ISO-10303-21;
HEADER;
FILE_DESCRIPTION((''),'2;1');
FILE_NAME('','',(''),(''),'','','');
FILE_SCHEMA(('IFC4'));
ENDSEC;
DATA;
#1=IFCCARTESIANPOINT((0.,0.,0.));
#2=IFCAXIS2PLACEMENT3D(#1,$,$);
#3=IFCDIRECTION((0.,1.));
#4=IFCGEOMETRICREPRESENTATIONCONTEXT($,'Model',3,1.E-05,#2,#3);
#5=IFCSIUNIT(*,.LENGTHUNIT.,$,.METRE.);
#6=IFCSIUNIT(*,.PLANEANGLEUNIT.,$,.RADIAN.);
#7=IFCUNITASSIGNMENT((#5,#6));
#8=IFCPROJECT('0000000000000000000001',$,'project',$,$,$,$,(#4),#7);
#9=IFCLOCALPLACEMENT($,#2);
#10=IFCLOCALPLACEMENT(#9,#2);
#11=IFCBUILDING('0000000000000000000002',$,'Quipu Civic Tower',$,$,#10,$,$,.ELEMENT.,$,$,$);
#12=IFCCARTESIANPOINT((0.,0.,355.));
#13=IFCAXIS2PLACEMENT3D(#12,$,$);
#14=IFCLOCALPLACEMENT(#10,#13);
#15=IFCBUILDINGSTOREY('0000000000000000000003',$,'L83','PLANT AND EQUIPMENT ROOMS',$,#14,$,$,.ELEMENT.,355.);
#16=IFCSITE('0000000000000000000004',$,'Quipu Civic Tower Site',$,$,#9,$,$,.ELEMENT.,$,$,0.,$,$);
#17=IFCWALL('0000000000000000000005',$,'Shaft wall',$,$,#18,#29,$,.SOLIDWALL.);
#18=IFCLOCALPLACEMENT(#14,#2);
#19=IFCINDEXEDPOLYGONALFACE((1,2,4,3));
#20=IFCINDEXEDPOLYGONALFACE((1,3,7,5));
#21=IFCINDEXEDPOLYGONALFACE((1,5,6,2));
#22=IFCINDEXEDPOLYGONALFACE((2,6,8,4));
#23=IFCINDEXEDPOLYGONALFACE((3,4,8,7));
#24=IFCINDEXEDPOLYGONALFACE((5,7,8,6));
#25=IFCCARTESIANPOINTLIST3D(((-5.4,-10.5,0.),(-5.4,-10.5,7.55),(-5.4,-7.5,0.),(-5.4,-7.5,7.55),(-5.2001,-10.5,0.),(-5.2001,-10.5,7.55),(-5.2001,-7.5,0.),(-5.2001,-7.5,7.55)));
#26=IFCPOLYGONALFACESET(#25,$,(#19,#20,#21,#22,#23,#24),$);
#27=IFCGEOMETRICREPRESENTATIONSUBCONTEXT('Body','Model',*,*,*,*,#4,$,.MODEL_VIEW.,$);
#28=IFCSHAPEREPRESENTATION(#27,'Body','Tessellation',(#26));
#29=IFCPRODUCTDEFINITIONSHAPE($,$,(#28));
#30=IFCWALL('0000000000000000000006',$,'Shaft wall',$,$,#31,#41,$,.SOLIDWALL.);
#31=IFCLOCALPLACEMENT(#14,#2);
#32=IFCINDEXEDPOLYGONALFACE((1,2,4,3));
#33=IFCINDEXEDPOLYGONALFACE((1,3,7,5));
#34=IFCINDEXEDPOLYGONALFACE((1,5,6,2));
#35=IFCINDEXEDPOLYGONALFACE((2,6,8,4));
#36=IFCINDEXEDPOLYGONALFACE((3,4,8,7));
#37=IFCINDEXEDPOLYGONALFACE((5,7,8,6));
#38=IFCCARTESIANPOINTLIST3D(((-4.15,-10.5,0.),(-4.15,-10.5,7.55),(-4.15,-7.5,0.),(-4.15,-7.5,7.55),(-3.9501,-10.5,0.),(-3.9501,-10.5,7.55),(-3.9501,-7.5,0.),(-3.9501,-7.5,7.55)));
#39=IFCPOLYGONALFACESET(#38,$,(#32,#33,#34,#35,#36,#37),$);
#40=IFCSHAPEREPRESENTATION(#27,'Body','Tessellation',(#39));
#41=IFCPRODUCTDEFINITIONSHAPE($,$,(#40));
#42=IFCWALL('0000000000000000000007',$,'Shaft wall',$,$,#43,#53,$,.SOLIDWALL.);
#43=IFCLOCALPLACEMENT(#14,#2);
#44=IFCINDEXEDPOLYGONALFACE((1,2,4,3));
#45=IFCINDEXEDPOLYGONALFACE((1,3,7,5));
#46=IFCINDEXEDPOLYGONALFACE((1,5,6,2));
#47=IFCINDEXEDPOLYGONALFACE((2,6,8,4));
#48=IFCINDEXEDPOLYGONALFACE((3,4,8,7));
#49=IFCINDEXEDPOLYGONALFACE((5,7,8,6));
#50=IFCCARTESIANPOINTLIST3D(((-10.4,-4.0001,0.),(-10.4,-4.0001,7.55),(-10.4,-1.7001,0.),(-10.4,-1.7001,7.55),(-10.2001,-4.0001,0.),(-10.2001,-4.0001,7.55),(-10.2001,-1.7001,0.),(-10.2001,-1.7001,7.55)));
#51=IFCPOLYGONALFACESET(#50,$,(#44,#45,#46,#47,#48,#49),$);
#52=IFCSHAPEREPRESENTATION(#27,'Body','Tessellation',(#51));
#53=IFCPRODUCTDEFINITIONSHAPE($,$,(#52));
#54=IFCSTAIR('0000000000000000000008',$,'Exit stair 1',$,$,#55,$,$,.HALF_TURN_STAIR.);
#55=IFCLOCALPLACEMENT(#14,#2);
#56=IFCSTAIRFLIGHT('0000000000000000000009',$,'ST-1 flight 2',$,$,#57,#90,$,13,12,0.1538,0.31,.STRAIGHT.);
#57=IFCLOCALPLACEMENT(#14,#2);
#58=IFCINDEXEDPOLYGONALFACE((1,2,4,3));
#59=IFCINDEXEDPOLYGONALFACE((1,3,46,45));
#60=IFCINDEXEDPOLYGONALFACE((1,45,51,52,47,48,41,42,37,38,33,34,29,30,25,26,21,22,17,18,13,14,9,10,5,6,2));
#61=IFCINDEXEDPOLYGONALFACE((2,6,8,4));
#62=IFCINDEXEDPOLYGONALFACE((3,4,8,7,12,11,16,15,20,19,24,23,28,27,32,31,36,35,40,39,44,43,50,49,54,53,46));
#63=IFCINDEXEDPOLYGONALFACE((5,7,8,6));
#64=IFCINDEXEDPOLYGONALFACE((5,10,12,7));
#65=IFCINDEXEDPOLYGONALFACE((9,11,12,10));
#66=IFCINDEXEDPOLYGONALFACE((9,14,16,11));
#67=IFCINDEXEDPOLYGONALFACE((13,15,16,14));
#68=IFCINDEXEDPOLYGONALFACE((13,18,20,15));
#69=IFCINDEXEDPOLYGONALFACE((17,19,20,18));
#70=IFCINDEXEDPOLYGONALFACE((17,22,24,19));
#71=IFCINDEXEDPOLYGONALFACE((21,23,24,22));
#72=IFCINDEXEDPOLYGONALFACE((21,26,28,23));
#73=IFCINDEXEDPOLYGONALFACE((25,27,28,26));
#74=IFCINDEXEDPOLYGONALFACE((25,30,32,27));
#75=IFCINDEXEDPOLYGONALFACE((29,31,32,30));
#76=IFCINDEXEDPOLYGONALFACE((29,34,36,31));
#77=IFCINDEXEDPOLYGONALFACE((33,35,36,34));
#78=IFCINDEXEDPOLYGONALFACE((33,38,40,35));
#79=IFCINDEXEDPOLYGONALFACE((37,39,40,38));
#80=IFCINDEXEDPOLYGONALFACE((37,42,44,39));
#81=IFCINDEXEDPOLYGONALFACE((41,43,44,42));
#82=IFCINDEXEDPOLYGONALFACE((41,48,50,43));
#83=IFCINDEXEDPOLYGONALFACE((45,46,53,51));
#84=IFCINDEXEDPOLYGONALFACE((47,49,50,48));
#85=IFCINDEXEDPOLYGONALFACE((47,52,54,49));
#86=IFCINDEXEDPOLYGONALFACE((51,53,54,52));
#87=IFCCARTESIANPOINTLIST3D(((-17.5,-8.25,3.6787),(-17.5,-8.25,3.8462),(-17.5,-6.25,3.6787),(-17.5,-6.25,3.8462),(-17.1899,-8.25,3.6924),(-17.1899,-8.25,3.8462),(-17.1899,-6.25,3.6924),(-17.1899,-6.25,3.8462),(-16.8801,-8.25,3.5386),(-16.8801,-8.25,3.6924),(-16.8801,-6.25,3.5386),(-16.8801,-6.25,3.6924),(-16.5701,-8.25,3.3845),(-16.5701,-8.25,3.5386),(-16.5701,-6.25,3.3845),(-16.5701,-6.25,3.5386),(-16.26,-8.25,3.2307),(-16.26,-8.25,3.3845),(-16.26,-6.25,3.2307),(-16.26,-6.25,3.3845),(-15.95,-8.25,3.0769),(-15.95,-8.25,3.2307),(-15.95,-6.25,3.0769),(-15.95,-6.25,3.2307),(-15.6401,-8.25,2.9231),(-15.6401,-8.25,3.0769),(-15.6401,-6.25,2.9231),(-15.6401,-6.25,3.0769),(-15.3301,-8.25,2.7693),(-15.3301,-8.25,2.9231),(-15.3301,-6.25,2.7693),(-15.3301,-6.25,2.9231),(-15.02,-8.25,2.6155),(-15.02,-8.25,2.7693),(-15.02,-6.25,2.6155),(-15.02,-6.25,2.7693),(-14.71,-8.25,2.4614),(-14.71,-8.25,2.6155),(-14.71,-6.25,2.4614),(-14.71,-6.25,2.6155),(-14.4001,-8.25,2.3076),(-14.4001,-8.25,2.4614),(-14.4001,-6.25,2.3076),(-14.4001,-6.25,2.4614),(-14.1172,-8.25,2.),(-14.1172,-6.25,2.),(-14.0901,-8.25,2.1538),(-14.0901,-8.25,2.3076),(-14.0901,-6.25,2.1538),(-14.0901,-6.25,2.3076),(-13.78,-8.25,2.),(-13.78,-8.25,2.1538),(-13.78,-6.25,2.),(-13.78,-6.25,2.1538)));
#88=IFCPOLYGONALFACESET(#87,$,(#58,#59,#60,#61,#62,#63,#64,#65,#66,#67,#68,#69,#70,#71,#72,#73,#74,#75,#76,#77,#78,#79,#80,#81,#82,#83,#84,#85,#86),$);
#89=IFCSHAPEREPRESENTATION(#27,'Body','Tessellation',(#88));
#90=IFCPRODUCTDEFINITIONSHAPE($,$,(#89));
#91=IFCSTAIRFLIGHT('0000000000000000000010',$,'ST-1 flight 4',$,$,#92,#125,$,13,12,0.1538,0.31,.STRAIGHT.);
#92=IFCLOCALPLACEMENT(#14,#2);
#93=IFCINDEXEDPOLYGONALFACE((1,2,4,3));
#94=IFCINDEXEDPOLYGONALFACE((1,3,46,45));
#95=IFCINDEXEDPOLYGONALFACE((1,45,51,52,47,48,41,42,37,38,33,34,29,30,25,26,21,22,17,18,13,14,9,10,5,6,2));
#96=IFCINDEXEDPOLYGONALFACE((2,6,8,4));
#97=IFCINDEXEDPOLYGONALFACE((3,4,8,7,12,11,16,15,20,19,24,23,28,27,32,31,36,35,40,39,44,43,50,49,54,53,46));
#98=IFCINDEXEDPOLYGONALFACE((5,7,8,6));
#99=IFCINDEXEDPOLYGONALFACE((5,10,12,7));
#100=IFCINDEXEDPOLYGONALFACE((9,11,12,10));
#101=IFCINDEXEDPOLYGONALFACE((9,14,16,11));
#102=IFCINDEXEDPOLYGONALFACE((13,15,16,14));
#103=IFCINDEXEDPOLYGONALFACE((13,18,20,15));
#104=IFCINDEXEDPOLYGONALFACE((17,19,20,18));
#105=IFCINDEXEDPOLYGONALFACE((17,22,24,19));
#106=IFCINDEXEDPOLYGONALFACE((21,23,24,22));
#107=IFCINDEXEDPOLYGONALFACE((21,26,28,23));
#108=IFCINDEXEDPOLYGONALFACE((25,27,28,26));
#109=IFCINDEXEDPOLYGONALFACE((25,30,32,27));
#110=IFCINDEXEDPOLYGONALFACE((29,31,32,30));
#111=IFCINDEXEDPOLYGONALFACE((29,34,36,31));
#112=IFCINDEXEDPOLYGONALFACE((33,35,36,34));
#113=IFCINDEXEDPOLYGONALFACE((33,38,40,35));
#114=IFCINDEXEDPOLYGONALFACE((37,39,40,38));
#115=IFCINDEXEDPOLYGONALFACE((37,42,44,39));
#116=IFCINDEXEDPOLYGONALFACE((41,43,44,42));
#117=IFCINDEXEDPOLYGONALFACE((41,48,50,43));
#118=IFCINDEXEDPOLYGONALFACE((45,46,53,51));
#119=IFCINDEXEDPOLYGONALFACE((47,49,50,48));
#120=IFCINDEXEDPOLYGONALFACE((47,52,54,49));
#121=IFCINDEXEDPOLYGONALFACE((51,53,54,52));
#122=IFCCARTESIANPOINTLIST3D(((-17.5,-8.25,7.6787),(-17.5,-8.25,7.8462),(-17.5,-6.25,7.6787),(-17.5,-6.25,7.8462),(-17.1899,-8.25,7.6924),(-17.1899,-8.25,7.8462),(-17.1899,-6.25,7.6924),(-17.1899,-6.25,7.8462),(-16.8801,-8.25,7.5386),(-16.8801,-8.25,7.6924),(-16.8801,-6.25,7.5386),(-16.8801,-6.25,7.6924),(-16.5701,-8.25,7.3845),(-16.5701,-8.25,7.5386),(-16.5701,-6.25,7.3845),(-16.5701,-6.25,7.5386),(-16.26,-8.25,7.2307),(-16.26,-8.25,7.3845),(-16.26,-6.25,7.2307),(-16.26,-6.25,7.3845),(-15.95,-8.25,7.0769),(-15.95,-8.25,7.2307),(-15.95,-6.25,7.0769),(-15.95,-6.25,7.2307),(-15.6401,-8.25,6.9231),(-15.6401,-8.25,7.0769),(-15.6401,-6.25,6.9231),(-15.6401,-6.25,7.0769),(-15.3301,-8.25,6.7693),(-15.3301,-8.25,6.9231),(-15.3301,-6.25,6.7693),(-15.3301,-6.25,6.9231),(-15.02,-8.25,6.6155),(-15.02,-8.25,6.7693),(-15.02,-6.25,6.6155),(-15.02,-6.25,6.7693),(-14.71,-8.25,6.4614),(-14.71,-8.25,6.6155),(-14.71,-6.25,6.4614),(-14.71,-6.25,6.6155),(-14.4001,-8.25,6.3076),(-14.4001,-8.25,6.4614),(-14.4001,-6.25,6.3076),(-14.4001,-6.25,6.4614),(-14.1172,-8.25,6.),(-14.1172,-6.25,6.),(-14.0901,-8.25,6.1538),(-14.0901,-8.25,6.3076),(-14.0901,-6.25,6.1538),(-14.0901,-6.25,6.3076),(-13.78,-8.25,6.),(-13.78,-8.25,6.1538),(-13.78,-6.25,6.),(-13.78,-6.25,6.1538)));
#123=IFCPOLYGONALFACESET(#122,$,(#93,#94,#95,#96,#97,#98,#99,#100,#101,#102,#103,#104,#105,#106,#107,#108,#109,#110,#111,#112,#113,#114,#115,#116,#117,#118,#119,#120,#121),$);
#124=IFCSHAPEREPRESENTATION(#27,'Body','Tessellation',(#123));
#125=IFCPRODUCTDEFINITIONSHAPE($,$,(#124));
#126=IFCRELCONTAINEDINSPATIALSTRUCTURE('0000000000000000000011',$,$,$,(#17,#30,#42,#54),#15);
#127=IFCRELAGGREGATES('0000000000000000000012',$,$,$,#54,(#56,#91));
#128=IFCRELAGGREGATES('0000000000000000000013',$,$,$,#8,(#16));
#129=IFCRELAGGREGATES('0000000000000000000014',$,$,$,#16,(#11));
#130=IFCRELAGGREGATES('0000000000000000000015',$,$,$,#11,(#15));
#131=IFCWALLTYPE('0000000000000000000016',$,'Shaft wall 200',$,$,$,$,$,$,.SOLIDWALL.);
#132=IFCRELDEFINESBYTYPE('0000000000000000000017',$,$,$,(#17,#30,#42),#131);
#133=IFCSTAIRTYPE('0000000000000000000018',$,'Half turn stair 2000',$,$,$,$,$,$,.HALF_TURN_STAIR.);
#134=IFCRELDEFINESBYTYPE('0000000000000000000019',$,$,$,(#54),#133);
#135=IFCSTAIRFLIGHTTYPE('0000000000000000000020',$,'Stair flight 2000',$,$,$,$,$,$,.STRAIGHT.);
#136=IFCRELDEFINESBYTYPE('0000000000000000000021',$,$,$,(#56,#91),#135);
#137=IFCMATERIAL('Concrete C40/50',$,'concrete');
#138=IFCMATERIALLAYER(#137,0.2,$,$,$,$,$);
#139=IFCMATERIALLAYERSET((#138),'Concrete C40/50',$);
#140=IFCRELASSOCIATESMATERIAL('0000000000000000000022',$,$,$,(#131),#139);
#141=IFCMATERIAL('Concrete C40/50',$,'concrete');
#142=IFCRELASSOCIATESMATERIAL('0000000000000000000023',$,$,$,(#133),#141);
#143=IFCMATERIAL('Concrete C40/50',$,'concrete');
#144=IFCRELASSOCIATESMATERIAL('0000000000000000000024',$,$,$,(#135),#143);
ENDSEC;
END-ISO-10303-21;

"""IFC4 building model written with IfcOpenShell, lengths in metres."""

from ifc_helpers import new_model, si_unit, direction, frame, frame_2d, origin, place, context, subcontext, project, spatial, polyline, rectangle, outline, extrude, material, layer, layer_set, type_object, element, aggregate, save


model = new_model("IFC4")

# Units and contexts
model_context = context("Model", 3, precision=1e-05, world=origin(), true_north=direction((0.0, 1.0)))
body_context = subcontext(model_context, "Body", "Model", "MODEL_VIEW")
ifc_project = project(units=[si_unit("LENGTHUNIT", "METRE"), si_unit("PLANEANGLEUNIT", "RADIAN")], contexts=[model_context])

# Site, building, storey
site_placement = place(None, origin())
site = spatial("IfcSite", under=ifc_project, at=site_placement, Name="Quipu Civic Tower Site", CompositionType="ELEMENT", RefElevation=0.0)
building_placement = place(site_placement, origin())
building = spatial("IfcBuilding", under=site, at=building_placement, Name="Quipu Civic Tower", CompositionType="ELEMENT")
storey_placement = place(building_placement, frame((0.0, 0.0, 355.0)))
storey = spatial("IfcBuildingStorey", under=building, at=storey_placement, Name="L83", Description="PLANT AND EQUIPMENT ROOMS", CompositionType="ELEMENT", Elevation=355.0)

# Walls
ifc_material_1 = material(Name="Concrete C40/50", Category="concrete")
ifc_layer_1 = layer(ifc_material_1, 0.2)
ifc_layer_set_1 = layer_set([ifc_layer_1], Name="Concrete C40/50")
wall_type_1 = type_object("IfcWallType", Name="Shaft wall 200", PredefinedType="SOLIDWALL", material=ifc_layer_set_1)
for number, where, z_axis, x_axis, name in (
    (1, (-5.3, -10.5, 0.0), (0.0, 0.0, 1.0), (0.0, 1.0, 0.0), "Shaft wall"),
    (2, (-4.05, -10.5, 0.0), (0.0, 0.0, 1.0), (0.0, 1.0, 0.0), "Shaft wall"),
):
    element("IfcWall", number, at=place(storey_placement, frame(where, z_axis=z_axis, x_axis=x_axis)), inside=storey, type_object=wall_type_1, Name=name, PredefinedType="SOLIDWALL", context=body_context, shape_type="SweptSolid", body=[
        extrude(rectangle(XDim=3.0, YDim=0.2, at=frame_2d((1.5, 0.0))), origin(), (0.0, 0.0, 1.0), 7.55),
    ])
wall_1_placement = place(storey_placement, frame((-10.3, -4.0, 0.0), z_axis=(0.0, 0.0, 1.0), x_axis=(0.0, 1.0, 0.0)))
element("IfcWall", 3, at=wall_1_placement, inside=storey, type_object=wall_type_1, Name="Shaft wall", PredefinedType="SOLIDWALL", context=body_context, shape_type="SweptSolid", body=[
    extrude(rectangle(XDim=2.3, YDim=0.2, at=frame_2d((1.1499, 0.0))), origin(), (0.0, 0.0, 1.0), 7.55),
])

# Stair, stair flights
ifc_material_2 = material(Name="Concrete C40/50", Category="concrete")
stair_type = type_object("IfcStairType", Name="Half turn stair 2000", PredefinedType="HALF_TURN_STAIR", material=ifc_material_2)
stair_placement = place(storey_placement, origin())
stair = element("IfcStair", 4, at=stair_placement, inside=storey, type_object=stair_type, Name="Exit stair 1", PredefinedType="HALF_TURN_STAIR")
ifc_material_3 = material(Name="Concrete C40/50", Category="concrete")
stair_flight_type = type_object("IfcStairFlightType", Name="Stair flight 2000", PredefinedType="STRAIGHT", material=ifc_material_3)
stair_flight_1_placement = place(storey_placement, frame((-13.78, -7.25, 2.0), z_axis=(0.0, 0.0, 1.0), x_axis=(-1.0, 0.0, 0.0)))
stair_flight_1 = element("IfcStairFlight", 5, at=stair_flight_1_placement, type_object=stair_flight_type, Name="ST-1 flight 2", NumberOfRisers=13, NumberOfTreads=12, PredefinedType="STRAIGHT", RiserHeight=0.1538, TreadLength=0.31, context=body_context, shape_type="SweptSolid", body=[
    extrude(outline(polyline([(0.0, 0.0), (0.0, 0.1538), (0.3101, 0.1538), (0.3101, 0.3076), (0.6201, 0.3076), (0.6201, 0.4614), (0.9299, 0.4614), (0.9299, 0.6155), (1.24, 0.6155), (1.24, 0.7693), (1.55, 0.7693), (1.55, 0.9231), (1.8601, 0.9231), (1.8601, 1.0769), (2.1699, 1.0769), (2.1699, 1.2307), (2.48, 1.2307), (2.48, 1.3845), (2.79, 1.3845), (2.79, 1.5386), (3.1001, 1.5386), (3.1001, 1.6924), (3.4099, 1.6924), (3.4099, 1.8462), (3.72, 1.8462), (3.72, 2.0), (3.72, 1.6787), (0.3372, 0.0), (0.0, 0.0)])), frame((0.0, 1.0, 0.0), z_axis=(0.0, -1.0, 0.0), x_axis=(1.0, 0.0, 0.0)), (0.0, 0.0, 1.0), 2.0),
])
stair_flight_2_placement = place(storey_placement, frame((-13.78, -7.25, 6.0), z_axis=(0.0, 0.0, 1.0), x_axis=(-1.0, 0.0, 0.0)))
stair_flight_2 = element("IfcStairFlight", 6, at=stair_flight_2_placement, type_object=stair_flight_type, Name="ST-1 flight 4", NumberOfRisers=13, NumberOfTreads=12, PredefinedType="STRAIGHT", RiserHeight=0.1538, TreadLength=0.31, context=body_context, shape_type="SweptSolid", body=[
    extrude(outline(polyline([(0.0, 0.0), (0.0, 0.1538), (0.3101, 0.1538), (0.3101, 0.3076), (0.6201, 0.3076), (0.6201, 0.4614), (0.9299, 0.4614), (0.9299, 0.6155), (1.24, 0.6155), (1.24, 0.7693), (1.55, 0.7693), (1.55, 0.9231), (1.8601, 0.9231), (1.8601, 1.0769), (2.1699, 1.0769), (2.1699, 1.2307), (2.48, 1.2307), (2.48, 1.3845), (2.79, 1.3845), (2.79, 1.5386), (3.1001, 1.5386), (3.1001, 1.6924), (3.4099, 1.6924), (3.4099, 1.8462), (3.72, 1.8462), (3.72, 2.0), (3.72, 1.6787), (0.3372, 0.0), (0.0, 0.0)])), frame((0.0, 1.0, 0.0), z_axis=(0.0, -1.0, 0.0), x_axis=(1.0, 0.0, 0.0)), (0.0, 0.0, 1.0), 2.0),
])
aggregate(stair, [stair_flight_1, stair_flight_2])

save(model, "model.ifc")
